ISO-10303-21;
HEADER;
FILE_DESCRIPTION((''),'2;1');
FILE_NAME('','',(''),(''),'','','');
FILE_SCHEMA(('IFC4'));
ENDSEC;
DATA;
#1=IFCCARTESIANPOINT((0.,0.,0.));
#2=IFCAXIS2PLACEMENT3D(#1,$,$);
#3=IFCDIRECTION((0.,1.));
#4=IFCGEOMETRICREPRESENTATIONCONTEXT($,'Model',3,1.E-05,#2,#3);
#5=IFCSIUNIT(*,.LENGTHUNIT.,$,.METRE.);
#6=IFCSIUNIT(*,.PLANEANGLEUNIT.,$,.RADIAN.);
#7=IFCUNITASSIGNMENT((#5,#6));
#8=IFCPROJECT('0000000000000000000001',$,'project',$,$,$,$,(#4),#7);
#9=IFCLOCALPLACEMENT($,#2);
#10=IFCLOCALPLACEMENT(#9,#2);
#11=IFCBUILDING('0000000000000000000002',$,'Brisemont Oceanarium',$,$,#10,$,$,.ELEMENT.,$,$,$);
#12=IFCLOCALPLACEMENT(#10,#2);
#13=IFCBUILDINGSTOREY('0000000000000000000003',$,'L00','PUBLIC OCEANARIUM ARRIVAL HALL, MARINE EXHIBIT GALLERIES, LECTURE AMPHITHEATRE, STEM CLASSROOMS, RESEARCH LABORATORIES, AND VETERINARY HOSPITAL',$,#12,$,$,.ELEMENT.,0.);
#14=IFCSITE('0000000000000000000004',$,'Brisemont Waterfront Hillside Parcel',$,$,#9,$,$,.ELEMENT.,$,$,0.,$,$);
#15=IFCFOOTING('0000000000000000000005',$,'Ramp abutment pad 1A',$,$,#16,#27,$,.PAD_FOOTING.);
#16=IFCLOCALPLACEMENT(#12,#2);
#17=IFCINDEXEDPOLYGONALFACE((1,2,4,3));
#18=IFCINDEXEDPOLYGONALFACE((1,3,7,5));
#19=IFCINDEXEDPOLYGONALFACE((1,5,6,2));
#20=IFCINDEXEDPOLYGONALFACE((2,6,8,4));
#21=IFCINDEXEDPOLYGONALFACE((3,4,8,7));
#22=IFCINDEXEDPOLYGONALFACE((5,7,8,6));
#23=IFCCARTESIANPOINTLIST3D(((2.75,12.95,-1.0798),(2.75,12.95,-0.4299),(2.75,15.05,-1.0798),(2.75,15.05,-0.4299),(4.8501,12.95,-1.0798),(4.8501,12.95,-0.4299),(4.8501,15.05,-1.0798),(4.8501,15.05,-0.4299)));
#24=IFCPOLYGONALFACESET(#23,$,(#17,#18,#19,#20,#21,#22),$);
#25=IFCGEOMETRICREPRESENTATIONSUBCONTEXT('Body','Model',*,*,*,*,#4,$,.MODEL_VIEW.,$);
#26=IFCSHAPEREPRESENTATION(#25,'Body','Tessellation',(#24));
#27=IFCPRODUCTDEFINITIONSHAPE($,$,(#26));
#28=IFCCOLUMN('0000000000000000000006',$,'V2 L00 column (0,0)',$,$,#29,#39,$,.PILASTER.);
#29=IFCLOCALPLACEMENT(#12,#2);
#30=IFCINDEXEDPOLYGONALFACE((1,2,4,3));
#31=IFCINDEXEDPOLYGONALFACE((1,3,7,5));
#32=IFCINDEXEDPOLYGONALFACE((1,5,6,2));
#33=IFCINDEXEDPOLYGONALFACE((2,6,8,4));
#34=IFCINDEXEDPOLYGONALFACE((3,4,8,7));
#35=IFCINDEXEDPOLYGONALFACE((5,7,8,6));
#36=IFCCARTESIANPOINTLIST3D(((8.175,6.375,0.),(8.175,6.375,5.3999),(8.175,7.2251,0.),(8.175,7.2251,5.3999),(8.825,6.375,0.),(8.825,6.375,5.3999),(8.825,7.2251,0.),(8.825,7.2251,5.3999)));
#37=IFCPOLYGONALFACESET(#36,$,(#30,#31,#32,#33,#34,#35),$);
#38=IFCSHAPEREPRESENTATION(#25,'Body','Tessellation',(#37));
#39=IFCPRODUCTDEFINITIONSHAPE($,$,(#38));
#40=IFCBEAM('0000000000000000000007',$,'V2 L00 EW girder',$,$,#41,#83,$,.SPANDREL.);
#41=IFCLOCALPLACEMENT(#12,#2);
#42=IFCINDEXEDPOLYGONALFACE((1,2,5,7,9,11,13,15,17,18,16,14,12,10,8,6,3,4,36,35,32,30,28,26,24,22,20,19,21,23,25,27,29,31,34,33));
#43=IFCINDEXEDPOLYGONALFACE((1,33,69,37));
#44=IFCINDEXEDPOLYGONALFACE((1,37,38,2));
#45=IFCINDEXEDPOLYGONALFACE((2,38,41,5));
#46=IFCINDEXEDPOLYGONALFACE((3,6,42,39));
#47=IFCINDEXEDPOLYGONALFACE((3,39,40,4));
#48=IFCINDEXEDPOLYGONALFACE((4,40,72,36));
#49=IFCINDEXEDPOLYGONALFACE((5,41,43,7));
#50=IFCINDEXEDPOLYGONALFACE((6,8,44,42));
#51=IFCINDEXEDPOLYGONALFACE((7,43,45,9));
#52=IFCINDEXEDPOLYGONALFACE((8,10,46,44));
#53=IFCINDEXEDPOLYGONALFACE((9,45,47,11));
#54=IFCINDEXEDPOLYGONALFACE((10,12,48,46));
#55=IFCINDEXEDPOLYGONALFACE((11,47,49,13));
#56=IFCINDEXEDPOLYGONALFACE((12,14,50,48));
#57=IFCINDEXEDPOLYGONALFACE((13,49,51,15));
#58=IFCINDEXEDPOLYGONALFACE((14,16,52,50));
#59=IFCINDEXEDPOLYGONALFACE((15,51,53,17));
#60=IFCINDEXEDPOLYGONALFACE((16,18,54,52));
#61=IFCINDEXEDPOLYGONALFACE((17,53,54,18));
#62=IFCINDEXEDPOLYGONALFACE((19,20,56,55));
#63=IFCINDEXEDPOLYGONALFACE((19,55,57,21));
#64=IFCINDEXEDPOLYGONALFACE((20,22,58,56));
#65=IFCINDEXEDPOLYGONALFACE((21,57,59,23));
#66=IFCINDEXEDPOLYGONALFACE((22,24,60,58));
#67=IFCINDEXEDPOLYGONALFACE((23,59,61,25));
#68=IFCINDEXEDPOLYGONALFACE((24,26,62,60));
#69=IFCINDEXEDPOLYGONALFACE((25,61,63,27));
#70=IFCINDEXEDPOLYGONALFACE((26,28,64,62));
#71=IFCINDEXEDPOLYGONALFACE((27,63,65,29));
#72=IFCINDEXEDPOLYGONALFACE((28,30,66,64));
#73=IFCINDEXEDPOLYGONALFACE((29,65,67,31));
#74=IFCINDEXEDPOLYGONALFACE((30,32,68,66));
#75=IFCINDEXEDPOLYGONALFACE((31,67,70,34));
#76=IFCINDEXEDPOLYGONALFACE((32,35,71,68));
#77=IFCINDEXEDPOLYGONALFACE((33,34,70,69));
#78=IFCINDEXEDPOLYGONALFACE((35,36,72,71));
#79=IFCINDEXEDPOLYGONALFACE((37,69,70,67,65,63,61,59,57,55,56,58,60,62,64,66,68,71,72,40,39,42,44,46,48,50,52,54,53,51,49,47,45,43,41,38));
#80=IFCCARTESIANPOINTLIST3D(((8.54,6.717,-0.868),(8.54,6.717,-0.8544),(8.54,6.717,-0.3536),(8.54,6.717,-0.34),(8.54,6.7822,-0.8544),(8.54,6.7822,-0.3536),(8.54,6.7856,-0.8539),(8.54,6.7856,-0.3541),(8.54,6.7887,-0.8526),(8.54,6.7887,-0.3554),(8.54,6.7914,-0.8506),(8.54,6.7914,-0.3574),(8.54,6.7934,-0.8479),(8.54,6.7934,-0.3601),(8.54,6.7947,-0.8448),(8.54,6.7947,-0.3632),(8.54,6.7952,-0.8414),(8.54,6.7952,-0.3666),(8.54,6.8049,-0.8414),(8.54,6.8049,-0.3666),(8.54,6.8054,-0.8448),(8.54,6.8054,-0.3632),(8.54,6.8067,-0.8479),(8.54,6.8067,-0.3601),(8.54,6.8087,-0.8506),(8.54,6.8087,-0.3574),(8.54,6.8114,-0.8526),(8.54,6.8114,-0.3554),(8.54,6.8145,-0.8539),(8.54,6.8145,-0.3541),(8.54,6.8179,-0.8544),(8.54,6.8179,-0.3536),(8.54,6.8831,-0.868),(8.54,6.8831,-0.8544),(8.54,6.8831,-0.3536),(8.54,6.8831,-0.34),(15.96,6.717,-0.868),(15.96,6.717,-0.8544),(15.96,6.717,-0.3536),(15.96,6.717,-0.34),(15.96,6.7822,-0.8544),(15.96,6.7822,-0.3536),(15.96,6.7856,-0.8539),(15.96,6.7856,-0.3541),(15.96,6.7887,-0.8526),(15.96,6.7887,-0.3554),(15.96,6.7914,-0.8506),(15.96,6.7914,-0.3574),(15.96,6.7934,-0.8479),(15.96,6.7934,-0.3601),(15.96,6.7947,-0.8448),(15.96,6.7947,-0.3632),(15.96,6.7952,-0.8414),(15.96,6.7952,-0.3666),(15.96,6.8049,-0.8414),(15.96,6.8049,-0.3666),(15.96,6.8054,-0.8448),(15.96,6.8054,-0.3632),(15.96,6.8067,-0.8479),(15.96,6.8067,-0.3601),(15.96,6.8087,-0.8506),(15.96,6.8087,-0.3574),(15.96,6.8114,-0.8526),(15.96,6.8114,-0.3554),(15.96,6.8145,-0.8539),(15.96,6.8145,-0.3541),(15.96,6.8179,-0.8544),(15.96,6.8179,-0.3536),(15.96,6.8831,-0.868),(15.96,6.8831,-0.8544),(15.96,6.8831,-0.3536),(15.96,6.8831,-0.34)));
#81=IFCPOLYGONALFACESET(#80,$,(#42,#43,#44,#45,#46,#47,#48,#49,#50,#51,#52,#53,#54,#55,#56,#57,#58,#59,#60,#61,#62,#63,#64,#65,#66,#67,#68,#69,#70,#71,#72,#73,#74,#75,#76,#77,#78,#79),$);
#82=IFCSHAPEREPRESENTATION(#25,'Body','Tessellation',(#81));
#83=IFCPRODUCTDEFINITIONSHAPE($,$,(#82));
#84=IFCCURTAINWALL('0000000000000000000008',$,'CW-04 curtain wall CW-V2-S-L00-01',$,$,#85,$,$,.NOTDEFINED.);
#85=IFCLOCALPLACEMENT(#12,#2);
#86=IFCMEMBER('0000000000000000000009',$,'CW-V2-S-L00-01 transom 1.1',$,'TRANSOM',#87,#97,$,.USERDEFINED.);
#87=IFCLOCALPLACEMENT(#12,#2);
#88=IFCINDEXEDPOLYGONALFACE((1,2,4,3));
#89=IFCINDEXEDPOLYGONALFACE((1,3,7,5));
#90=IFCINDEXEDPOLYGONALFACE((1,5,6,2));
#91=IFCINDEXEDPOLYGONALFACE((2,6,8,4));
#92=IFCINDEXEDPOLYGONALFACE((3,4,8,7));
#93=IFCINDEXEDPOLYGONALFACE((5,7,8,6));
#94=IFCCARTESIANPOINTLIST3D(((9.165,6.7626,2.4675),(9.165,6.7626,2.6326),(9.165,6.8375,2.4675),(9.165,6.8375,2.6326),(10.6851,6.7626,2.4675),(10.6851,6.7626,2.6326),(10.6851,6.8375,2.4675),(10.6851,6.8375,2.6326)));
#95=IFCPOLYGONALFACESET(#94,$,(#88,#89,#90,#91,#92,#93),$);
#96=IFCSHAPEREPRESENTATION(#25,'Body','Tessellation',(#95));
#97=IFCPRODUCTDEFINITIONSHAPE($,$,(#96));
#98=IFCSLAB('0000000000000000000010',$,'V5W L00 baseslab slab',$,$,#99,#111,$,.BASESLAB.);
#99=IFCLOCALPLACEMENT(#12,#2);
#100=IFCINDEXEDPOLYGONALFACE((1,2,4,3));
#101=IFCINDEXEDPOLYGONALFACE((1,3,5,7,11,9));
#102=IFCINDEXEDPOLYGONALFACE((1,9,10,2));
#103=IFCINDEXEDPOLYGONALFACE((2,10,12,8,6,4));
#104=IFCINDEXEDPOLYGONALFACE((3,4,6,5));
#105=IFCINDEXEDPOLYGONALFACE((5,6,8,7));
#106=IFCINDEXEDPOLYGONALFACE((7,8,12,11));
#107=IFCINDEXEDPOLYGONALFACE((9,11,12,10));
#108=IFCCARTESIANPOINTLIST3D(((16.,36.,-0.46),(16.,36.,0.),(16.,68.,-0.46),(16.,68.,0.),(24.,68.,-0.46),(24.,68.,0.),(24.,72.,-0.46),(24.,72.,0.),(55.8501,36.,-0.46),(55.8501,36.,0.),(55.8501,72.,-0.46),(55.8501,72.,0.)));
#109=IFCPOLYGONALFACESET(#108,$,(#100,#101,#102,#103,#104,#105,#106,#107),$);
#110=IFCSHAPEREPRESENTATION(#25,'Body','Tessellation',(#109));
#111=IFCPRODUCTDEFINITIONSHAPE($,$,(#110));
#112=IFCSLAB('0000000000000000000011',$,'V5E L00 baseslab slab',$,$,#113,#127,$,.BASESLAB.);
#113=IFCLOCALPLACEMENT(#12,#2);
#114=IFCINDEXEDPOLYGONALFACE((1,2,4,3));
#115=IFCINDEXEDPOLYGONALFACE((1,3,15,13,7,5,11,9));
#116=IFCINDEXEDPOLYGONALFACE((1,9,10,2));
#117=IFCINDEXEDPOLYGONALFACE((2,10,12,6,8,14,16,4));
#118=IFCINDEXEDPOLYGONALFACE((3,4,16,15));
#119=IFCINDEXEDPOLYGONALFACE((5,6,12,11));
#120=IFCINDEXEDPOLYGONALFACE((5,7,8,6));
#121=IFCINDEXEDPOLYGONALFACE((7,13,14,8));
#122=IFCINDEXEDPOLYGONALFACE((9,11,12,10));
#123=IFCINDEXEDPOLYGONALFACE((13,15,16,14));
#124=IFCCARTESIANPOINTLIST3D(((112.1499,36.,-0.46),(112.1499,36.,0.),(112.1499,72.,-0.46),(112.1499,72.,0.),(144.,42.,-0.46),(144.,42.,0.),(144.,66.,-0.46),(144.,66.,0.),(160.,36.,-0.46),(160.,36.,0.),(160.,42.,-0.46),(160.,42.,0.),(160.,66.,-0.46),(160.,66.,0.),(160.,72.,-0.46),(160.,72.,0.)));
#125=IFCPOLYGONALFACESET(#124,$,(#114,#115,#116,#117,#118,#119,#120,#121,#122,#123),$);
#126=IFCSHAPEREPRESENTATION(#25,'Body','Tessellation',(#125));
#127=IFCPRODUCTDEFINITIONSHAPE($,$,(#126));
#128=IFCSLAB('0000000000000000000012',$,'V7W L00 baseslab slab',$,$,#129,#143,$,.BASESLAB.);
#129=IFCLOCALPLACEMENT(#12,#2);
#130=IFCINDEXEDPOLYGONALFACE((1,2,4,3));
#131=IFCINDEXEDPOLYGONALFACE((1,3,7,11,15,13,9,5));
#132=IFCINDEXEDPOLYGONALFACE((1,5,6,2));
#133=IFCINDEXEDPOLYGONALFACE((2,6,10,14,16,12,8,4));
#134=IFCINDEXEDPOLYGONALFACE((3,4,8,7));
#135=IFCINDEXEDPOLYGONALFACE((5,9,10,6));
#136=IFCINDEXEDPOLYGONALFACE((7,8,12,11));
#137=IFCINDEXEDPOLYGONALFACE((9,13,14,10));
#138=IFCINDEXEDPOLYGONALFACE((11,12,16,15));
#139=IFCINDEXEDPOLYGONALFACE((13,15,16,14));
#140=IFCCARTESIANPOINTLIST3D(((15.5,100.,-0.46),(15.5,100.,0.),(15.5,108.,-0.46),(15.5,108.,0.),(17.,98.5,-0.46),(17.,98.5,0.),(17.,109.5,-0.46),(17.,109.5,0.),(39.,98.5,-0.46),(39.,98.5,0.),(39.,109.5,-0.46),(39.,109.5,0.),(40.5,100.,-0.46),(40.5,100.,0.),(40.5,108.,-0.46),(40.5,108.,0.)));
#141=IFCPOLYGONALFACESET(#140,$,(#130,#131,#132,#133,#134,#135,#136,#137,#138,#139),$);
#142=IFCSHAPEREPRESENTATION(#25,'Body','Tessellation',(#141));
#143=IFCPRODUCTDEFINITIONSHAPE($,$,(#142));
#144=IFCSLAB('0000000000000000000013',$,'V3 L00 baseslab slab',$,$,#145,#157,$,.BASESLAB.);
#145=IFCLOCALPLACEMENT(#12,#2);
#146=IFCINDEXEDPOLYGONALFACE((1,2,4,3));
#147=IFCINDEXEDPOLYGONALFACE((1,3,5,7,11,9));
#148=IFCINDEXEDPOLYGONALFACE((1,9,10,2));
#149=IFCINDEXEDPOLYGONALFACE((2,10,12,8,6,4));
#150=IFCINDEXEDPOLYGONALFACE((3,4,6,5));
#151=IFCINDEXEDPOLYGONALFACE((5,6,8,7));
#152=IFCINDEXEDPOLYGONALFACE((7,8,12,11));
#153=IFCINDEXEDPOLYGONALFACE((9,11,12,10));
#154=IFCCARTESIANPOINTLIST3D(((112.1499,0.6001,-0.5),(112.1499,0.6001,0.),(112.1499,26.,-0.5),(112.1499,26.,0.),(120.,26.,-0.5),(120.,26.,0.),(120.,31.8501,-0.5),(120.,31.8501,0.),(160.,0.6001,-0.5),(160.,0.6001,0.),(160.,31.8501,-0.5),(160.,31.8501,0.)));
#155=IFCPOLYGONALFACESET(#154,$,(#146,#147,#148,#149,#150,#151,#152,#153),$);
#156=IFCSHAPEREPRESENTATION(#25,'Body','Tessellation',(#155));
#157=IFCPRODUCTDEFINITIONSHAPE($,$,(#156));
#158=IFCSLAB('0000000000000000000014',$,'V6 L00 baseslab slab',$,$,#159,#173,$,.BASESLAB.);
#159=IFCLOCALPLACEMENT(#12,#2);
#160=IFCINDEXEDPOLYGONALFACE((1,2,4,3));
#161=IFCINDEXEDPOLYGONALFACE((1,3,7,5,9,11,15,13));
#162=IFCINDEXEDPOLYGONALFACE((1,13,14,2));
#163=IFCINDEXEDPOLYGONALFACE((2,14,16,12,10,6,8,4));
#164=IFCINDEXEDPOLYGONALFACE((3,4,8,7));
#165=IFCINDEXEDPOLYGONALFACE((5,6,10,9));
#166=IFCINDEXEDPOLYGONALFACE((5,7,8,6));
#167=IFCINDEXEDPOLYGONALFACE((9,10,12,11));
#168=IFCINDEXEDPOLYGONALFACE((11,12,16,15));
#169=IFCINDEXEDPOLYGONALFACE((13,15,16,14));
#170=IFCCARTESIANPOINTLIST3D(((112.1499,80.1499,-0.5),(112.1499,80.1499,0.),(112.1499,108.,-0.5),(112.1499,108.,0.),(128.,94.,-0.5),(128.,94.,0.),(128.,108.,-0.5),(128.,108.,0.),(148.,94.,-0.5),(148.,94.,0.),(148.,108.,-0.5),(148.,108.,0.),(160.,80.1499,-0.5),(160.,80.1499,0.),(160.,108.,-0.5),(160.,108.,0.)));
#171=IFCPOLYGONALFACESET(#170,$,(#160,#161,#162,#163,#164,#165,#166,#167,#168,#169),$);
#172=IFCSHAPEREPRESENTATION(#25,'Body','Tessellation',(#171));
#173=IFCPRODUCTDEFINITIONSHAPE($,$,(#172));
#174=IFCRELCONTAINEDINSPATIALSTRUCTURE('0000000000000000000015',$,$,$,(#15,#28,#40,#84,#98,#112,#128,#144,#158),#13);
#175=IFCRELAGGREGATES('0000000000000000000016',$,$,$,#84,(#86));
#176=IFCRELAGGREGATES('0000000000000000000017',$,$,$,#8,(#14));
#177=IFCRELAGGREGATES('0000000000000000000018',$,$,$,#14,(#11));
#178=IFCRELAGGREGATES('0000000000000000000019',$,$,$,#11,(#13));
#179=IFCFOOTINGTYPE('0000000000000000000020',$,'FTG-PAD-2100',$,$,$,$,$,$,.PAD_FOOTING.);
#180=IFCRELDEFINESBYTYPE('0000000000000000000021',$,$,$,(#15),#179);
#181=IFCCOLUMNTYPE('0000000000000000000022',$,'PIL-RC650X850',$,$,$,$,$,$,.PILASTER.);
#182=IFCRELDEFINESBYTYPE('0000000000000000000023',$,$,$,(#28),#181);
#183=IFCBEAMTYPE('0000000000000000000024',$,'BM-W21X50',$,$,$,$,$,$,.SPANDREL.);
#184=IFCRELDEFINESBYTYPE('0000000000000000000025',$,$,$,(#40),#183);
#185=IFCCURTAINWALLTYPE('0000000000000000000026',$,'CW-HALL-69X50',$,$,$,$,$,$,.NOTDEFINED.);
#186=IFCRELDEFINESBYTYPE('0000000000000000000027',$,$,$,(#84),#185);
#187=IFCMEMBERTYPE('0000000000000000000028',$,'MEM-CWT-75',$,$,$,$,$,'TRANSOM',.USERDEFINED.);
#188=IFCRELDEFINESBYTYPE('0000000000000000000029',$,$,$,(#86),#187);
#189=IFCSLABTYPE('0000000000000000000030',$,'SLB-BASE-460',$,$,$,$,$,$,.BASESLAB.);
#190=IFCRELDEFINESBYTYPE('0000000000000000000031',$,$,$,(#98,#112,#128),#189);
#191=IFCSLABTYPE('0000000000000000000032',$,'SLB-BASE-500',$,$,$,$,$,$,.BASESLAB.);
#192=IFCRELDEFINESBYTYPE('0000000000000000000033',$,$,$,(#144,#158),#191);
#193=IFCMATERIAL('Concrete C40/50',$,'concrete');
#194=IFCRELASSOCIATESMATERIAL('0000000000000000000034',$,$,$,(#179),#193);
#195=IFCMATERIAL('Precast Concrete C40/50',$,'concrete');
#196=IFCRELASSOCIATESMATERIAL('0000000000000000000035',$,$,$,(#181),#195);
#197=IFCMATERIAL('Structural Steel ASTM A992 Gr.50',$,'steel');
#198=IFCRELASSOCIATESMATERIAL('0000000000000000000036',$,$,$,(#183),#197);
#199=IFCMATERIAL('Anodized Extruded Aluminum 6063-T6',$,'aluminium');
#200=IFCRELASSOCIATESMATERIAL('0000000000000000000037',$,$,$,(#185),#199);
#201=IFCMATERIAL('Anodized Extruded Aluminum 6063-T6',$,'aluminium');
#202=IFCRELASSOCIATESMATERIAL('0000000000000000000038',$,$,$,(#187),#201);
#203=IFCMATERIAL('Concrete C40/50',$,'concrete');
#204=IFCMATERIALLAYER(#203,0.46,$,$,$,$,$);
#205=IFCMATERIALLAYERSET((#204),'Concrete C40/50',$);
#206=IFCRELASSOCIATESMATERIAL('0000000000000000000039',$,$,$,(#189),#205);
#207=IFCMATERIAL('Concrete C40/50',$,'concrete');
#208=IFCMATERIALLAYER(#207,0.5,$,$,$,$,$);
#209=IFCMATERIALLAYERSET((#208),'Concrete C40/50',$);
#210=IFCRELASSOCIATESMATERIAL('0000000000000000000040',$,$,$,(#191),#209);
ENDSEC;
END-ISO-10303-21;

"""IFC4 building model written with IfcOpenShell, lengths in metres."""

from ifc_helpers import new_model, si_unit, direction, frame, origin, origin_2d, place, context, subcontext, project, spatial, polyline, rectangle, i_section, outline, extrude, material, layer, layer_set, material_profile, profile_set, type_object, element, aggregate, save


model = new_model("IFC4")

# Units and contexts
model_context = context("Model", 3, precision=1e-05, world=origin(), true_north=direction((0.0, 1.0)))
body_context = subcontext(model_context, "Body", "Model", "MODEL_VIEW")
ifc_project = project(units=[si_unit("LENGTHUNIT", "METRE"), si_unit("PLANEANGLEUNIT", "RADIAN")], contexts=[model_context])

# Site, building, storey
site_placement = place(None, origin())
site = spatial("IfcSite", under=ifc_project, at=site_placement, Name="Brisemont Waterfront Hillside Parcel", CompositionType="ELEMENT", RefElevation=0.0)
building_placement = place(site_placement, origin())
building = spatial("IfcBuilding", under=site, at=building_placement, Name="Brisemont Oceanarium", CompositionType="ELEMENT")
storey_placement = place(building_placement, origin())
storey = spatial("IfcBuildingStorey", under=building, at=storey_placement, Name="L00", Description="PUBLIC OCEANARIUM ARRIVAL HALL, MARINE EXHIBIT GALLERIES, LECTURE AMPHITHEATRE, STEM CLASSROOMS, RESEARCH LABORATORIES, AND VETERINARY HOSPITAL", CompositionType="ELEMENT", Elevation=0.0)

# Footing
ifc_material_1 = material(Name="Concrete C40/50", Category="concrete")
footing_type = type_object("IfcFootingType", Name="FTG-PAD-2100", PredefinedType="PAD_FOOTING", material=ifc_material_1)
footing_placement = place(storey_placement, frame((3.8, 14.0, -1.0798), z_axis=(0.0, 0.0, 1.0), x_axis=(1.0, 0.0, 0.0)))
element("IfcFooting", 1, at=footing_placement, inside=storey, type_object=footing_type, Name="Ramp abutment pad 1A", PredefinedType="PAD_FOOTING", context=body_context, shape_type="SweptSolid", body=[
    extrude(rectangle(XDim=2.1001, YDim=2.1001, at=origin_2d()), origin(), (0.0, 0.0, 1.0), 0.6499),
])

# Column
ifc_material_2 = material(Name="Precast Concrete C40/50", Category="concrete")
ifc_material_profile_1 = material_profile(ifc_material_2, rectangle(XDim=0.6499, YDim=0.8501, at=origin_2d()), Name="RC-PIL-650X850")
ifc_profile_set_1 = profile_set([ifc_material_profile_1], Name="Precast Concrete C40/50")
column_type = type_object("IfcColumnType", Name="PIL-RC650X850", PredefinedType="PILASTER", material=ifc_profile_set_1)
column_placement = place(storey_placement, frame((8.5, 6.8, 0.0), z_axis=(0.0, 0.0, 1.0), x_axis=(1.0, 0.0, 0.0)))
element("IfcColumn", 2, at=column_placement, inside=storey, type_object=column_type, Name="V2 L00 column (0,0)", PredefinedType="PILASTER", context=body_context, shape_type="SweptSolid", body=[
    extrude(rectangle(XDim=0.6499, YDim=0.8501, at=origin_2d()), origin(), (0.0, 0.0, 1.0), 5.3999),
])

# Beam
ifc_material_3 = material(Name="Structural Steel ASTM A992 Gr.50", Category="steel")
ifc_material_profile_2 = material_profile(ifc_material_3, i_section(OverallWidth=0.166, OverallDepth=0.5281, WebThickness=0.0098, FlangeThickness=0.0137, FilletRadius=0.0129, at=origin_2d()), Name="W21X50")
ifc_profile_set_2 = profile_set([ifc_material_profile_2], Name="Structural Steel ASTM A992 Gr.50")
beam_type = type_object("IfcBeamType", Name="BM-W21X50", PredefinedType="SPANDREL", material=ifc_profile_set_2)
beam_placement = place(storey_placement, frame((8.54, 6.8, -0.604), z_axis=(1.0, 0.0, 0.0), x_axis=(0.0, 1.0, 0.0)))
element("IfcBeam", 3, at=beam_placement, inside=storey, type_object=beam_type, Name="V2 L00 EW girder", PredefinedType="SPANDREL", context=body_context, shape_type="SweptSolid", body=[
    extrude(i_section(OverallWidth=0.166, OverallDepth=0.5281, WebThickness=0.0098, FlangeThickness=0.0137, FilletRadius=0.0129, at=origin_2d()), origin(), (0.0, 0.0, 1.0), 7.4199),
])

# Curtain wall, member
ifc_material_4 = material(Name="Anodized Extruded Aluminum 6063-T6", Category="aluminium")
curtain_wall_type = type_object("IfcCurtainWallType", Name="CW-HALL-69X50", PredefinedType="NOTDEFINED", material=ifc_material_4)
curtain_wall_placement = place(storey_placement, origin())
curtain_wall = element("IfcCurtainWall", 4, at=curtain_wall_placement, inside=storey, type_object=curtain_wall_type, Name="CW-04 curtain wall CW-V2-S-L00-01", PredefinedType="NOTDEFINED")
ifc_material_5 = material(Name="Anodized Extruded Aluminum 6063-T6", Category="aluminium")
ifc_material_profile_3 = material_profile(ifc_material_5, rectangle(XDim=0.075, YDim=0.165, at=origin_2d()), Name="CWT-75X165")
ifc_profile_set_3 = profile_set([ifc_material_profile_3], Name="Anodized Extruded Aluminum 6063-T6")
member_type = type_object("IfcMemberType", Name="MEM-CWT-75", ElementType="TRANSOM", PredefinedType="USERDEFINED", material=ifc_profile_set_3)
member_placement = place(storey_placement, frame((9.165, 6.8, 2.55), z_axis=(1.0, 0.0, 0.0), x_axis=(0.0, 1.0, 0.0)))
member = element("IfcMember", 5, at=member_placement, type_object=member_type, Name="CW-V2-S-L00-01 transom 1.1", ObjectType="TRANSOM", PredefinedType="USERDEFINED", context=body_context, shape_type="SweptSolid", body=[
    extrude(rectangle(XDim=0.075, YDim=0.165, at=origin_2d()), origin(), (0.0, 0.0, 1.0), 1.52),
])
aggregate(curtain_wall, [member])

# Slabs
ifc_material_6 = material(Name="Concrete C40/50", Category="concrete")
ifc_layer_1 = layer(ifc_material_6, 0.46)
ifc_layer_set_1 = layer_set([ifc_layer_1], Name="Concrete C40/50")
slab_type_1 = type_object("IfcSlabType", Name="SLB-BASE-460", PredefinedType="BASESLAB", material=ifc_layer_set_1)
slab_1_placement = place(storey_placement, frame((0.0, 0.0, -0.46)))
element("IfcSlab", 6, at=slab_1_placement, inside=storey, type_object=slab_type_1, Name="V5W L00 baseslab slab", PredefinedType="BASESLAB", context=body_context, shape_type="SweptSolid", body=[
    extrude(outline(polyline([(16.0, 36.0), (55.8501, 36.0), (55.8501, 72.0), (24.0, 72.0), (24.0, 68.0), (16.0, 68.0), (16.0, 36.0)])), origin(), (0.0, 0.0, 1.0), 0.46),
])
slab_2_placement = place(storey_placement, frame((0.0, 0.0, -0.46)))
element("IfcSlab", 7, at=slab_2_placement, inside=storey, type_object=slab_type_1, Name="V5E L00 baseslab slab", PredefinedType="BASESLAB", context=body_context, shape_type="SweptSolid", body=[
    extrude(outline(polyline([(112.1499, 36.0), (160.0, 36.0), (160.0, 42.0), (144.0, 42.0), (144.0, 66.0), (160.0, 66.0), (160.0, 72.0), (112.1499, 72.0), (112.1499, 36.0)])), origin(), (0.0, 0.0, 1.0), 0.46),
])
slab_3_placement = place(storey_placement, frame((0.0, 0.0, -0.46)))
element("IfcSlab", 8, at=slab_3_placement, inside=storey, type_object=slab_type_1, Name="V7W L00 baseslab slab", PredefinedType="BASESLAB", context=body_context, shape_type="SweptSolid", body=[
    extrude(outline(polyline([(17.0, 98.5), (39.0, 98.5), (40.5, 100.0), (40.5, 108.0), (39.0, 109.5), (17.0, 109.5), (15.5, 108.0), (15.5, 100.0), (17.0, 98.5)])), origin(), (0.0, 0.0, 1.0), 0.46),
])
ifc_material_7 = material(Name="Concrete C40/50", Category="concrete")
ifc_layer_2 = layer(ifc_material_7, 0.5)
ifc_layer_set_2 = layer_set([ifc_layer_2], Name="Concrete C40/50")
slab_type_2 = type_object("IfcSlabType", Name="SLB-BASE-500", PredefinedType="BASESLAB", material=ifc_layer_set_2)
slab_4_placement = place(storey_placement, frame((0.0, 0.0, -0.5)))
element("IfcSlab", 9, at=slab_4_placement, inside=storey, type_object=slab_type_2, Name="V3 L00 baseslab slab", PredefinedType="BASESLAB", context=body_context, shape_type="SweptSolid", body=[
    extrude(outline(polyline([(112.1499, 0.6001), (160.0, 0.6001), (160.0, 31.8501), (120.0, 31.8501), (120.0, 26.0), (112.1499, 26.0), (112.1499, 0.6001)])), origin(), (0.0, 0.0, 1.0), 0.5),
])
slab_5_placement = place(storey_placement, frame((0.0, 0.0, -0.5)))
element("IfcSlab", 10, at=slab_5_placement, inside=storey, type_object=slab_type_2, Name="V6 L00 baseslab slab", PredefinedType="BASESLAB", context=body_context, shape_type="SweptSolid", body=[
    extrude(outline(polyline([(112.1499, 80.1499), (160.0, 80.1499), (160.0, 108.0), (148.0, 108.0), (148.0, 94.0), (128.0, 94.0), (128.0, 108.0), (112.1499, 108.0), (112.1499, 80.1499)])), origin(), (0.0, 0.0, 1.0), 0.5),
])

save(model, "model.ifc")
